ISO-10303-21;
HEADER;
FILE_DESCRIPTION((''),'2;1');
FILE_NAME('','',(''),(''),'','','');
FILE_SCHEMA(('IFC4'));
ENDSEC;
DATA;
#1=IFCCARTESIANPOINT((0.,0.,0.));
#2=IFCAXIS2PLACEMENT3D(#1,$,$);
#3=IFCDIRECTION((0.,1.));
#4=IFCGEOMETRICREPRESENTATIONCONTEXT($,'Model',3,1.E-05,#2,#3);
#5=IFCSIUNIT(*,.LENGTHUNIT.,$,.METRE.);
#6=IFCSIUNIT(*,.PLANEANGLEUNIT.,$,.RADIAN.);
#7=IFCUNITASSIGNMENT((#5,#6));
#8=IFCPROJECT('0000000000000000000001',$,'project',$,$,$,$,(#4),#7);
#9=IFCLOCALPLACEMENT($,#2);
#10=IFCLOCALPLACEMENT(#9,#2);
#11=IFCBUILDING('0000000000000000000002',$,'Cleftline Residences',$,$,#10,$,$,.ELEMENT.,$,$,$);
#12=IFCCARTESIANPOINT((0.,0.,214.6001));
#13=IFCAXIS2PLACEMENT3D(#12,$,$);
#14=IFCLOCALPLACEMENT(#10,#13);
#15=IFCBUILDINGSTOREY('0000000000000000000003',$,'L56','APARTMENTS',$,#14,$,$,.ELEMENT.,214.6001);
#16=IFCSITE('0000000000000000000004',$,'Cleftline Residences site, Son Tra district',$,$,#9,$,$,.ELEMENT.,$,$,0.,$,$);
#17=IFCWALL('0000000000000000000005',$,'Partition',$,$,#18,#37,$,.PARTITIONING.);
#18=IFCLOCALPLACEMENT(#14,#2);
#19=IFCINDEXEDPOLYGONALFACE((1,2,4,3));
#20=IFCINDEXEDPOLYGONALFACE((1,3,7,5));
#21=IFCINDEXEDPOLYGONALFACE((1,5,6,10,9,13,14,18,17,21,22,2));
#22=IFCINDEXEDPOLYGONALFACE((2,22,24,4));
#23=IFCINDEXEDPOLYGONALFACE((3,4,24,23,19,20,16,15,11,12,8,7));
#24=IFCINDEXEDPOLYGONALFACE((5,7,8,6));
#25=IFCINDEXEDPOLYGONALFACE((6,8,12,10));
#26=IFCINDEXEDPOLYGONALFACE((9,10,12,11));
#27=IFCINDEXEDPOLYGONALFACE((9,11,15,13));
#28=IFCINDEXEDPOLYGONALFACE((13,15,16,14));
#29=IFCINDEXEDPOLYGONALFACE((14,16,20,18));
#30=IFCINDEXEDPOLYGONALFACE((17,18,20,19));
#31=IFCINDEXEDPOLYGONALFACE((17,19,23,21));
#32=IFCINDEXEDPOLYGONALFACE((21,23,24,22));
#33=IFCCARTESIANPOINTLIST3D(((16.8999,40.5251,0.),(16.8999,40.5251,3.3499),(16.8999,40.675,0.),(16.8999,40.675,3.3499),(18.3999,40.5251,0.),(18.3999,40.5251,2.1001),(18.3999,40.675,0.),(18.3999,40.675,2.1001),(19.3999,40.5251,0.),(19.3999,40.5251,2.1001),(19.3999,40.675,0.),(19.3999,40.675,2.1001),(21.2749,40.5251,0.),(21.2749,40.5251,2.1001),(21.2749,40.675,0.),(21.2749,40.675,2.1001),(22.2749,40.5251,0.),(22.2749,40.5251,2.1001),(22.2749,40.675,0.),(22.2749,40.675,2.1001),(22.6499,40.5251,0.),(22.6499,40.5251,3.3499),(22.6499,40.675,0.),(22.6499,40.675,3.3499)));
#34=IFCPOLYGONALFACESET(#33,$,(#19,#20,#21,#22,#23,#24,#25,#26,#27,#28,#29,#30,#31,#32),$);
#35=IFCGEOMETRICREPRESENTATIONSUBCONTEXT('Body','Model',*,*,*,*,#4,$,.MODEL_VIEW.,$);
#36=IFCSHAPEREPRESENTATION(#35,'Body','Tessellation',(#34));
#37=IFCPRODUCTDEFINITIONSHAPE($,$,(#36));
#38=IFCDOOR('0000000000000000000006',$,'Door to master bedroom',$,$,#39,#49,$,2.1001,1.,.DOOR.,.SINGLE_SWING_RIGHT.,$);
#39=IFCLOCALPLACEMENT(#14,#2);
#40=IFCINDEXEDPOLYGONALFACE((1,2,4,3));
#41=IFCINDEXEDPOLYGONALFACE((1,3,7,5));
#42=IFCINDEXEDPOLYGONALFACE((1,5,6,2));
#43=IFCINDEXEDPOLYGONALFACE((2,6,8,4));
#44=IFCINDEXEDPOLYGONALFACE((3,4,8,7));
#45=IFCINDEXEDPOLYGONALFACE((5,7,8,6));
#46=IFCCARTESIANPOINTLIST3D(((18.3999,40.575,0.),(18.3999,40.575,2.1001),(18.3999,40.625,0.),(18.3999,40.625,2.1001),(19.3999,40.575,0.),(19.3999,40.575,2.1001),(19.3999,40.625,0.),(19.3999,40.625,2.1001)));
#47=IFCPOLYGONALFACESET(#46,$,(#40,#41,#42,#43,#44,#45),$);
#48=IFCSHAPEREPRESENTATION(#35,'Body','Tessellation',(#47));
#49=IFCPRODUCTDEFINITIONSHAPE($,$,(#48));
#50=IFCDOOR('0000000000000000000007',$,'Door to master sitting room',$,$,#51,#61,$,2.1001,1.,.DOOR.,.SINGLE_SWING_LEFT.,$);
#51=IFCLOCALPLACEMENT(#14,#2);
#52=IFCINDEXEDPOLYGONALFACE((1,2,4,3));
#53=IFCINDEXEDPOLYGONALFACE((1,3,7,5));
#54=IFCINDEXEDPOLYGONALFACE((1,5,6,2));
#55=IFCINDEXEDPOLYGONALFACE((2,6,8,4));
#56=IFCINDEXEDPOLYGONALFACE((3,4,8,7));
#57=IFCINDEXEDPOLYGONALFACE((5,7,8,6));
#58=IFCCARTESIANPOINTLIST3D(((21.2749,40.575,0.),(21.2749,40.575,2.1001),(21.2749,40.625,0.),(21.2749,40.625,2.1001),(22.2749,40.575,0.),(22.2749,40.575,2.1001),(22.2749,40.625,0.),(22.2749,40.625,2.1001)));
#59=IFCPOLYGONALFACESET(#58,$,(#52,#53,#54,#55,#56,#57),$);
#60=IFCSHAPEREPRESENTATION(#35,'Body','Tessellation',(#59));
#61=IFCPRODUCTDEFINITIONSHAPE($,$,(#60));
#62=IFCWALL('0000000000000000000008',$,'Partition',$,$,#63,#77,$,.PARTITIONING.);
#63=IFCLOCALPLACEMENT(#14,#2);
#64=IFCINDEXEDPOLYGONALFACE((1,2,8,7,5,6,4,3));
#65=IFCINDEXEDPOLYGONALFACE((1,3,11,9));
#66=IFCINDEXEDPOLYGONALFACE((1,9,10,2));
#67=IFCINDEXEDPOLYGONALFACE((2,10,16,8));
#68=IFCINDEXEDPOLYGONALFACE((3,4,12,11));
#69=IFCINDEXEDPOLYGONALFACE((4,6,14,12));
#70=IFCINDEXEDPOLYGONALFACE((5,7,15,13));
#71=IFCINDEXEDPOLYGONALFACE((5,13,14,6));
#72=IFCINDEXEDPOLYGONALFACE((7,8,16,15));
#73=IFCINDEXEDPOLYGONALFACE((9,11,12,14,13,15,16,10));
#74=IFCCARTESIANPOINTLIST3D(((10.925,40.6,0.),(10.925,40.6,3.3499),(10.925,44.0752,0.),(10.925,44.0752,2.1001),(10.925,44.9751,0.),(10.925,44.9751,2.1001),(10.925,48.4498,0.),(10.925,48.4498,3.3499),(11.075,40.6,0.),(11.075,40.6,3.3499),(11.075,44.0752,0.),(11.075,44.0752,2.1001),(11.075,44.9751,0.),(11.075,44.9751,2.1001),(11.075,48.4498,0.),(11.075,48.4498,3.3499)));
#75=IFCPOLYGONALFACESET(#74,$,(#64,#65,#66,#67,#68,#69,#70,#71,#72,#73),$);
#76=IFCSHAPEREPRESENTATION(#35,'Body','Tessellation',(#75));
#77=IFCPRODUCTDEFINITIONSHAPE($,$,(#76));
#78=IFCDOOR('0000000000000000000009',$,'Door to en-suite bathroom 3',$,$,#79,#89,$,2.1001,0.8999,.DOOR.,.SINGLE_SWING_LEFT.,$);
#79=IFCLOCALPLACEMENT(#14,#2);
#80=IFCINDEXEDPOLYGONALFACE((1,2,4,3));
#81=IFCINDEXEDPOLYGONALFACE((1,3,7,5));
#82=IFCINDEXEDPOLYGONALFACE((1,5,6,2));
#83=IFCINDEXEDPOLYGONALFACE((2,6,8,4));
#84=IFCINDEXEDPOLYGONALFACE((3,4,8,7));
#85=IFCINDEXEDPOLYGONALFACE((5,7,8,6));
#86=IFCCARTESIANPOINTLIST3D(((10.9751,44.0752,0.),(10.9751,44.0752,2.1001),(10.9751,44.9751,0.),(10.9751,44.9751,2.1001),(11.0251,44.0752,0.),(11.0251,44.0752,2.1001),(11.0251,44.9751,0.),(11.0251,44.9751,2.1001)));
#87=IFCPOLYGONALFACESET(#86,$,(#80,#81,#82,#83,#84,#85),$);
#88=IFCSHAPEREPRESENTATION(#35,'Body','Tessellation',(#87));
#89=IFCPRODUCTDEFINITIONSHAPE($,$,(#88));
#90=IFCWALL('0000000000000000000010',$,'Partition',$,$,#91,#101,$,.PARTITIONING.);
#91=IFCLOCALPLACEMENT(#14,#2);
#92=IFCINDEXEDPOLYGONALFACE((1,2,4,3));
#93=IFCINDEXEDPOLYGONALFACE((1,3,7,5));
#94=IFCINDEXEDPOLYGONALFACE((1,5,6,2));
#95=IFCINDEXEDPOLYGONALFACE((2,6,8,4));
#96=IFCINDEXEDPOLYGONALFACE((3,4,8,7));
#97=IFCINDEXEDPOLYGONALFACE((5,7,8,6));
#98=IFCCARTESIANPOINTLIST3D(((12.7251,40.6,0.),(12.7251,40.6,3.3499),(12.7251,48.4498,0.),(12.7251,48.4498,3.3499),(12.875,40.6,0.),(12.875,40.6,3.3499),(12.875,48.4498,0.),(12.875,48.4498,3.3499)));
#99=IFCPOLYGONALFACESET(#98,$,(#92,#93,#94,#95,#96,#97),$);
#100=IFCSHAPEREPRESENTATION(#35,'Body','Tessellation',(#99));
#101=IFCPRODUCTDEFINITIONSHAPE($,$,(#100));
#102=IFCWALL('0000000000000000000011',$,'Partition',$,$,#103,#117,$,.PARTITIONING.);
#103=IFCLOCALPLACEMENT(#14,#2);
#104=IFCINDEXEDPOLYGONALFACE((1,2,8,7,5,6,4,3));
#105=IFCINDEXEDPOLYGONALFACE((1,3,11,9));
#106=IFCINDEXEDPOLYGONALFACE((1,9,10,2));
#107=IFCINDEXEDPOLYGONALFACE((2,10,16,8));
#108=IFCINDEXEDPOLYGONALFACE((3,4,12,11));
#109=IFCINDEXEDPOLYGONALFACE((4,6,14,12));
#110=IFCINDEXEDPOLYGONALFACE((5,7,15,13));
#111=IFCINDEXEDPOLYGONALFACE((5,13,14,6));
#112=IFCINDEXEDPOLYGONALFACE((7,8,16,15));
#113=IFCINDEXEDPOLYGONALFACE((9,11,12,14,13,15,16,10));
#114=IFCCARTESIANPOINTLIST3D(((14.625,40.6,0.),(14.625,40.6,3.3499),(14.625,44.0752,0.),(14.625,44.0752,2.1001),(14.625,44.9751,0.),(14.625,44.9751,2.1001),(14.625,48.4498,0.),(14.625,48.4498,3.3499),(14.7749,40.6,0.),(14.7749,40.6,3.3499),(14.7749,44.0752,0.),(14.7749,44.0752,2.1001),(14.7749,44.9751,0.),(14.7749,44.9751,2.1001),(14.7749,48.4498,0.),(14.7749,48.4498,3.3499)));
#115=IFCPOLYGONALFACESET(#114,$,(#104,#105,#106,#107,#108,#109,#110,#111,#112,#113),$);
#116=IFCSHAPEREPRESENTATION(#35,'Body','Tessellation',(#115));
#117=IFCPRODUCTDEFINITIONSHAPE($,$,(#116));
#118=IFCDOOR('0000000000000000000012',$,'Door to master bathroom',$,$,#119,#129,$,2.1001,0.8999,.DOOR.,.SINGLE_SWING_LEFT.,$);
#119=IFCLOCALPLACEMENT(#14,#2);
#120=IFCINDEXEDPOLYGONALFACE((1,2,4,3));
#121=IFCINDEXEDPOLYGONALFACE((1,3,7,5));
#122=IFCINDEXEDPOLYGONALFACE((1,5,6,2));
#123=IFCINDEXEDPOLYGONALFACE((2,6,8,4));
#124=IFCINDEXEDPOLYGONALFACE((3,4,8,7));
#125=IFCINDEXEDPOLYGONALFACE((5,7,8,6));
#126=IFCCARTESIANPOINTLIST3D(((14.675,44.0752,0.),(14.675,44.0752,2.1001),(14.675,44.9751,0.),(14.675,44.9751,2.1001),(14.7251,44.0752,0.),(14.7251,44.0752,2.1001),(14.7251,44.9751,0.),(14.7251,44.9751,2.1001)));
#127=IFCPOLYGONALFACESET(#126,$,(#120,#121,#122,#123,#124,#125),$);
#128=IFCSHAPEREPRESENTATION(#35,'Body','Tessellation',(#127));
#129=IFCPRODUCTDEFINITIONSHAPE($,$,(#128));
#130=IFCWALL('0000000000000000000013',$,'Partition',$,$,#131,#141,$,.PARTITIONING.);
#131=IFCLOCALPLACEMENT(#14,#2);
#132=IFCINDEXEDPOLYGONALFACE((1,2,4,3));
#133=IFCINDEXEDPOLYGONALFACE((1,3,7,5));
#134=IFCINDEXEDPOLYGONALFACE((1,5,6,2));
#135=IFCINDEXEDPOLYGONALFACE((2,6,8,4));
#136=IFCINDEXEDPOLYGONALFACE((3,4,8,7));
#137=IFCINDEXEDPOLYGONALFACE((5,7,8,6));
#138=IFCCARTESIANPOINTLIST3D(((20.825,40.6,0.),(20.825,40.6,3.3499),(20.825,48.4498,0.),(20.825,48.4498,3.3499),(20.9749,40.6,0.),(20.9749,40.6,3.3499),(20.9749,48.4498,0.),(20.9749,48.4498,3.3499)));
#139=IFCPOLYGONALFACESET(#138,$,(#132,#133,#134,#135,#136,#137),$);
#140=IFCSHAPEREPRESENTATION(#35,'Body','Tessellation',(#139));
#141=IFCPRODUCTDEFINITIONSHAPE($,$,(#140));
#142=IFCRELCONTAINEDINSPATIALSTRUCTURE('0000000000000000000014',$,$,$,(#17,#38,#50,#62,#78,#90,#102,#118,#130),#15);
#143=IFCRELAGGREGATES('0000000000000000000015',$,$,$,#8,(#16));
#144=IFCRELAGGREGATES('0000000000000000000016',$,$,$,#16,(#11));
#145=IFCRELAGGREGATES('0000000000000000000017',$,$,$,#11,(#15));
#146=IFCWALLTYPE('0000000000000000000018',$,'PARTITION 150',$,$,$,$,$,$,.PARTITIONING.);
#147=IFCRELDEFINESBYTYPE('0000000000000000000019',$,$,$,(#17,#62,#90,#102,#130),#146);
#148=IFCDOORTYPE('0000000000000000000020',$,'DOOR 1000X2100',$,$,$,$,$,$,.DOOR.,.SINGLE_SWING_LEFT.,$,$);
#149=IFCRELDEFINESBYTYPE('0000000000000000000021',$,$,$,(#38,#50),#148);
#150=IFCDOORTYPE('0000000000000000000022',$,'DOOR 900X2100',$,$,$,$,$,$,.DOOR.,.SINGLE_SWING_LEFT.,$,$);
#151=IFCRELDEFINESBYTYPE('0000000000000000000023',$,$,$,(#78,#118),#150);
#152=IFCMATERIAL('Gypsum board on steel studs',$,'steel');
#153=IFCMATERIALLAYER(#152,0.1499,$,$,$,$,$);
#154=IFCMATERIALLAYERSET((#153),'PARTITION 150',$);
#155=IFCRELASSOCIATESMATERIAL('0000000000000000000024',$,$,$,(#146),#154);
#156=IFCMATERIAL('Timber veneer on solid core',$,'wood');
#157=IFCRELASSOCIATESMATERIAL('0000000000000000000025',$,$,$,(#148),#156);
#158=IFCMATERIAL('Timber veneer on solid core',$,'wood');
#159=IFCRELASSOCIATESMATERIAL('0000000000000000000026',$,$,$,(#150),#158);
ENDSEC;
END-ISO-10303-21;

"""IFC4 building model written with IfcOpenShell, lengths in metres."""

from ifc_helpers import new_model, si_unit, direction, frame, frame_2d, origin, place, context, subcontext, project, spatial, rectangle, extrude, material, layer, layer_set, type_object, element, fill, save


model = new_model("IFC4")

# Units and contexts
model_context = context("Model", 3, precision=1e-05, world=origin(), true_north=direction((0.0, 1.0)))
body_context = subcontext(model_context, "Body", "Model", "MODEL_VIEW")
ifc_project = project(units=[si_unit("LENGTHUNIT", "METRE"), si_unit("PLANEANGLEUNIT", "RADIAN")], contexts=[model_context])

# Site, building, storey
site_placement = place(None, origin())
site = spatial("IfcSite", under=ifc_project, at=site_placement, Name="Cleftline Residences site, Son Tra district", CompositionType="ELEMENT", RefElevation=0.0)
building_placement = place(site_placement, origin())
building = spatial("IfcBuilding", under=site, at=building_placement, Name="Cleftline Residences", CompositionType="ELEMENT")
storey_placement = place(building_placement, frame((0.0, 0.0, 214.6001)))
storey = spatial("IfcBuildingStorey", under=building, at=storey_placement, Name="L56", Description="APARTMENTS", CompositionType="ELEMENT", Elevation=214.6001)

# Shared definitions
ifc_material_1 = material(Name="Gypsum board on steel studs", Category="steel")
ifc_layer = layer(ifc_material_1, 0.1499)
ifc_layer_set = layer_set([ifc_layer], Name="PARTITION 150")
wall_type = type_object("IfcWallType", Name="PARTITION 150", PredefinedType="PARTITIONING", material=ifc_layer_set)
ifc_material_2 = material(Name="Timber veneer on solid core", Category="wood")
door_type_1 = type_object("IfcDoorType", Name="DOOR 1000X2100", OperationType="SINGLE_SWING_LEFT", PredefinedType="DOOR", material=ifc_material_2)

# Wall, openings, doors
wall_1_placement = place(storey_placement, frame((16.8999, 40.6001, 0.0), z_axis=(0.0, 0.0, 1.0), x_axis=(1.0, 0.0, 0.0)))
wall_1 = element("IfcWall", 1, at=wall_1_placement, inside=storey, type_object=wall_type, Name="Partition", PredefinedType="PARTITIONING", context=body_context, shape_type="SweptSolid", body=[
    extrude(rectangle(XDim=5.75, YDim=0.1499, at=frame_2d((2.875, 0.0))), origin(), (0.0, 0.0, 1.0), 3.3499),
])
opening_1_placement = place(wall_1_placement, frame((1.5, 0.0, 0.0)))
opening_1 = element("IfcOpeningElement", 2, at=opening_1_placement, cuts=wall_1, PredefinedType="OPENING", context=body_context, shape_type="SweptSolid", body=[
    extrude(rectangle(XDim=1.0, YDim=2.1001, at=frame_2d((0.5, 1.05))), frame((0.0, 0.085, 0.0), z_axis=(0.0, -1.0, 0.0), x_axis=(1.0, 0.0, 0.0)), (0.0, 0.0, 1.0), 0.1699),
])
opening_2_placement = place(wall_1_placement, frame((4.375, 0.0, 0.0)))
opening_2 = element("IfcOpeningElement", 3, at=opening_2_placement, cuts=wall_1, PredefinedType="OPENING", context=body_context, shape_type="SweptSolid", body=[
    extrude(rectangle(XDim=1.0, YDim=2.1001, at=frame_2d((0.5, 1.05))), frame((0.0, 0.085, 0.0), z_axis=(0.0, -1.0, 0.0), x_axis=(1.0, 0.0, 0.0)), (0.0, 0.0, 1.0), 0.1699),
])
door_1_placement = place(opening_1_placement, origin())
door_1 = element("IfcDoor", 4, at=door_1_placement, inside=storey, type_object=door_type_1, Name="Door to master bedroom", OperationType="SINGLE_SWING_RIGHT", OverallHeight=2.1001, OverallWidth=1.0, PredefinedType="DOOR", context=body_context, shape_type="SweptSolid", body=[
    extrude(rectangle(XDim=1.0, YDim=2.1001, at=frame_2d((0.5, 1.05))), frame((0.0, 0.0249, 0.0), z_axis=(0.0, -1.0, 0.0), x_axis=(1.0, 0.0, 0.0)), (0.0, 0.0, 1.0), 0.05),
])
fill(opening_1, door_1)
door_2_placement = place(opening_2_placement, origin())
door_2 = element("IfcDoor", 5, at=door_2_placement, inside=storey, type_object=door_type_1, Name="Door to master sitting room", OperationType="SINGLE_SWING_LEFT", OverallHeight=2.1001, OverallWidth=1.0, PredefinedType="DOOR", context=body_context, shape_type="SweptSolid", body=[
    extrude(rectangle(XDim=1.0, YDim=2.1001, at=frame_2d((0.5, 1.05))), frame((0.0, 0.0249, 0.0), z_axis=(0.0, -1.0, 0.0), x_axis=(1.0, 0.0, 0.0)), (0.0, 0.0, 1.0), 0.05),
])
fill(opening_2, door_2)

# Wall, opening, door
wall_2_placement = place(storey_placement, frame((11.0, 40.6001, 0.0), z_axis=(0.0, 0.0, 1.0), x_axis=(0.0, 1.0, 0.0)))
wall_2 = element("IfcWall", 6, at=wall_2_placement, inside=storey, type_object=wall_type, Name="Partition", PredefinedType="PARTITIONING", context=body_context, shape_type="SweptSolid", body=[
    extrude(rectangle(XDim=7.8499, YDim=0.1499, at=frame_2d((3.9248, 0.0))), origin(), (0.0, 0.0, 1.0), 3.3499),
])
opening_3_placement = place(wall_2_placement, frame((3.4751, 0.0, 0.0)))
opening_3 = element("IfcOpeningElement", 7, at=opening_3_placement, cuts=wall_2, PredefinedType="OPENING", context=body_context, shape_type="SweptSolid", body=[
    extrude(rectangle(XDim=0.8999, YDim=2.1001, at=frame_2d((0.45, 1.05))), frame((0.0, 0.085, 0.0), z_axis=(0.0, -1.0, 0.0), x_axis=(1.0, 0.0, 0.0)), (0.0, 0.0, 1.0), 0.1699),
])
ifc_material_3 = material(Name="Timber veneer on solid core", Category="wood")
door_type_2 = type_object("IfcDoorType", Name="DOOR 900X2100", OperationType="SINGLE_SWING_LEFT", PredefinedType="DOOR", material=ifc_material_3)
door_3_placement = place(opening_3_placement, origin())
door_3 = element("IfcDoor", 8, at=door_3_placement, inside=storey, type_object=door_type_2, Name="Door to en-suite bathroom 3", OperationType="SINGLE_SWING_LEFT", OverallHeight=2.1001, OverallWidth=0.8999, PredefinedType="DOOR", context=body_context, shape_type="SweptSolid", body=[
    extrude(rectangle(XDim=0.8999, YDim=2.1001, at=frame_2d((0.45, 1.05))), frame((0.0, 0.0249, 0.0), z_axis=(0.0, -1.0, 0.0), x_axis=(1.0, 0.0, 0.0)), (0.0, 0.0, 1.0), 0.05),
])
fill(opening_3, door_3)

# Wall
wall_3_placement = place(storey_placement, frame((12.8, 40.6001, 0.0), z_axis=(0.0, 0.0, 1.0), x_axis=(0.0, 1.0, 0.0)))
element("IfcWall", 9, at=wall_3_placement, inside=storey, type_object=wall_type, Name="Partition", PredefinedType="PARTITIONING", context=body_context, shape_type="SweptSolid", body=[
    extrude(rectangle(XDim=7.8499, YDim=0.1499, at=frame_2d((3.9248, 0.0))), origin(), (0.0, 0.0, 1.0), 3.3499),
])

# Wall, opening, door
wall_4_placement = place(storey_placement, frame((14.7, 40.6001, 0.0), z_axis=(0.0, 0.0, 1.0), x_axis=(0.0, 1.0, 0.0)))
wall_4 = element("IfcWall", 10, at=wall_4_placement, inside=storey, type_object=wall_type, Name="Partition", PredefinedType="PARTITIONING", context=body_context, shape_type="SweptSolid", body=[
    extrude(rectangle(XDim=7.8499, YDim=0.1499, at=frame_2d((3.9248, 0.0))), origin(), (0.0, 0.0, 1.0), 3.3499),
])
opening_4_placement = place(wall_4_placement, frame((3.4751, 0.0, 0.0)))
opening_4 = element("IfcOpeningElement", 11, at=opening_4_placement, cuts=wall_4, PredefinedType="OPENING", context=body_context, shape_type="SweptSolid", body=[
    extrude(rectangle(XDim=0.8999, YDim=2.1001, at=frame_2d((0.45, 1.05))), frame((0.0, 0.085, 0.0), z_axis=(0.0, -1.0, 0.0), x_axis=(1.0, 0.0, 0.0)), (0.0, 0.0, 1.0), 0.1699),
])
door_4_placement = place(opening_4_placement, origin())
door_4 = element("IfcDoor", 12, at=door_4_placement, inside=storey, type_object=door_type_2, Name="Door to master bathroom", OperationType="SINGLE_SWING_LEFT", OverallHeight=2.1001, OverallWidth=0.8999, PredefinedType="DOOR", context=body_context, shape_type="SweptSolid", body=[
    extrude(rectangle(XDim=0.8999, YDim=2.1001, at=frame_2d((0.45, 1.05))), frame((0.0, 0.0249, 0.0), z_axis=(0.0, -1.0, 0.0), x_axis=(1.0, 0.0, 0.0)), (0.0, 0.0, 1.0), 0.05),
])
fill(opening_4, door_4)

# Wall
wall_5_placement = place(storey_placement, frame((20.8999, 40.6001, 0.0), z_axis=(0.0, 0.0, 1.0), x_axis=(0.0, 1.0, 0.0)))
element("IfcWall", 13, at=wall_5_placement, inside=storey, type_object=wall_type, Name="Partition", PredefinedType="PARTITIONING", context=body_context, shape_type="SweptSolid", body=[
    extrude(rectangle(XDim=7.8499, YDim=0.1499, at=frame_2d((3.9248, 0.0))), origin(), (0.0, 0.0, 1.0), 3.3499),
])

save(model, "model.ifc")
